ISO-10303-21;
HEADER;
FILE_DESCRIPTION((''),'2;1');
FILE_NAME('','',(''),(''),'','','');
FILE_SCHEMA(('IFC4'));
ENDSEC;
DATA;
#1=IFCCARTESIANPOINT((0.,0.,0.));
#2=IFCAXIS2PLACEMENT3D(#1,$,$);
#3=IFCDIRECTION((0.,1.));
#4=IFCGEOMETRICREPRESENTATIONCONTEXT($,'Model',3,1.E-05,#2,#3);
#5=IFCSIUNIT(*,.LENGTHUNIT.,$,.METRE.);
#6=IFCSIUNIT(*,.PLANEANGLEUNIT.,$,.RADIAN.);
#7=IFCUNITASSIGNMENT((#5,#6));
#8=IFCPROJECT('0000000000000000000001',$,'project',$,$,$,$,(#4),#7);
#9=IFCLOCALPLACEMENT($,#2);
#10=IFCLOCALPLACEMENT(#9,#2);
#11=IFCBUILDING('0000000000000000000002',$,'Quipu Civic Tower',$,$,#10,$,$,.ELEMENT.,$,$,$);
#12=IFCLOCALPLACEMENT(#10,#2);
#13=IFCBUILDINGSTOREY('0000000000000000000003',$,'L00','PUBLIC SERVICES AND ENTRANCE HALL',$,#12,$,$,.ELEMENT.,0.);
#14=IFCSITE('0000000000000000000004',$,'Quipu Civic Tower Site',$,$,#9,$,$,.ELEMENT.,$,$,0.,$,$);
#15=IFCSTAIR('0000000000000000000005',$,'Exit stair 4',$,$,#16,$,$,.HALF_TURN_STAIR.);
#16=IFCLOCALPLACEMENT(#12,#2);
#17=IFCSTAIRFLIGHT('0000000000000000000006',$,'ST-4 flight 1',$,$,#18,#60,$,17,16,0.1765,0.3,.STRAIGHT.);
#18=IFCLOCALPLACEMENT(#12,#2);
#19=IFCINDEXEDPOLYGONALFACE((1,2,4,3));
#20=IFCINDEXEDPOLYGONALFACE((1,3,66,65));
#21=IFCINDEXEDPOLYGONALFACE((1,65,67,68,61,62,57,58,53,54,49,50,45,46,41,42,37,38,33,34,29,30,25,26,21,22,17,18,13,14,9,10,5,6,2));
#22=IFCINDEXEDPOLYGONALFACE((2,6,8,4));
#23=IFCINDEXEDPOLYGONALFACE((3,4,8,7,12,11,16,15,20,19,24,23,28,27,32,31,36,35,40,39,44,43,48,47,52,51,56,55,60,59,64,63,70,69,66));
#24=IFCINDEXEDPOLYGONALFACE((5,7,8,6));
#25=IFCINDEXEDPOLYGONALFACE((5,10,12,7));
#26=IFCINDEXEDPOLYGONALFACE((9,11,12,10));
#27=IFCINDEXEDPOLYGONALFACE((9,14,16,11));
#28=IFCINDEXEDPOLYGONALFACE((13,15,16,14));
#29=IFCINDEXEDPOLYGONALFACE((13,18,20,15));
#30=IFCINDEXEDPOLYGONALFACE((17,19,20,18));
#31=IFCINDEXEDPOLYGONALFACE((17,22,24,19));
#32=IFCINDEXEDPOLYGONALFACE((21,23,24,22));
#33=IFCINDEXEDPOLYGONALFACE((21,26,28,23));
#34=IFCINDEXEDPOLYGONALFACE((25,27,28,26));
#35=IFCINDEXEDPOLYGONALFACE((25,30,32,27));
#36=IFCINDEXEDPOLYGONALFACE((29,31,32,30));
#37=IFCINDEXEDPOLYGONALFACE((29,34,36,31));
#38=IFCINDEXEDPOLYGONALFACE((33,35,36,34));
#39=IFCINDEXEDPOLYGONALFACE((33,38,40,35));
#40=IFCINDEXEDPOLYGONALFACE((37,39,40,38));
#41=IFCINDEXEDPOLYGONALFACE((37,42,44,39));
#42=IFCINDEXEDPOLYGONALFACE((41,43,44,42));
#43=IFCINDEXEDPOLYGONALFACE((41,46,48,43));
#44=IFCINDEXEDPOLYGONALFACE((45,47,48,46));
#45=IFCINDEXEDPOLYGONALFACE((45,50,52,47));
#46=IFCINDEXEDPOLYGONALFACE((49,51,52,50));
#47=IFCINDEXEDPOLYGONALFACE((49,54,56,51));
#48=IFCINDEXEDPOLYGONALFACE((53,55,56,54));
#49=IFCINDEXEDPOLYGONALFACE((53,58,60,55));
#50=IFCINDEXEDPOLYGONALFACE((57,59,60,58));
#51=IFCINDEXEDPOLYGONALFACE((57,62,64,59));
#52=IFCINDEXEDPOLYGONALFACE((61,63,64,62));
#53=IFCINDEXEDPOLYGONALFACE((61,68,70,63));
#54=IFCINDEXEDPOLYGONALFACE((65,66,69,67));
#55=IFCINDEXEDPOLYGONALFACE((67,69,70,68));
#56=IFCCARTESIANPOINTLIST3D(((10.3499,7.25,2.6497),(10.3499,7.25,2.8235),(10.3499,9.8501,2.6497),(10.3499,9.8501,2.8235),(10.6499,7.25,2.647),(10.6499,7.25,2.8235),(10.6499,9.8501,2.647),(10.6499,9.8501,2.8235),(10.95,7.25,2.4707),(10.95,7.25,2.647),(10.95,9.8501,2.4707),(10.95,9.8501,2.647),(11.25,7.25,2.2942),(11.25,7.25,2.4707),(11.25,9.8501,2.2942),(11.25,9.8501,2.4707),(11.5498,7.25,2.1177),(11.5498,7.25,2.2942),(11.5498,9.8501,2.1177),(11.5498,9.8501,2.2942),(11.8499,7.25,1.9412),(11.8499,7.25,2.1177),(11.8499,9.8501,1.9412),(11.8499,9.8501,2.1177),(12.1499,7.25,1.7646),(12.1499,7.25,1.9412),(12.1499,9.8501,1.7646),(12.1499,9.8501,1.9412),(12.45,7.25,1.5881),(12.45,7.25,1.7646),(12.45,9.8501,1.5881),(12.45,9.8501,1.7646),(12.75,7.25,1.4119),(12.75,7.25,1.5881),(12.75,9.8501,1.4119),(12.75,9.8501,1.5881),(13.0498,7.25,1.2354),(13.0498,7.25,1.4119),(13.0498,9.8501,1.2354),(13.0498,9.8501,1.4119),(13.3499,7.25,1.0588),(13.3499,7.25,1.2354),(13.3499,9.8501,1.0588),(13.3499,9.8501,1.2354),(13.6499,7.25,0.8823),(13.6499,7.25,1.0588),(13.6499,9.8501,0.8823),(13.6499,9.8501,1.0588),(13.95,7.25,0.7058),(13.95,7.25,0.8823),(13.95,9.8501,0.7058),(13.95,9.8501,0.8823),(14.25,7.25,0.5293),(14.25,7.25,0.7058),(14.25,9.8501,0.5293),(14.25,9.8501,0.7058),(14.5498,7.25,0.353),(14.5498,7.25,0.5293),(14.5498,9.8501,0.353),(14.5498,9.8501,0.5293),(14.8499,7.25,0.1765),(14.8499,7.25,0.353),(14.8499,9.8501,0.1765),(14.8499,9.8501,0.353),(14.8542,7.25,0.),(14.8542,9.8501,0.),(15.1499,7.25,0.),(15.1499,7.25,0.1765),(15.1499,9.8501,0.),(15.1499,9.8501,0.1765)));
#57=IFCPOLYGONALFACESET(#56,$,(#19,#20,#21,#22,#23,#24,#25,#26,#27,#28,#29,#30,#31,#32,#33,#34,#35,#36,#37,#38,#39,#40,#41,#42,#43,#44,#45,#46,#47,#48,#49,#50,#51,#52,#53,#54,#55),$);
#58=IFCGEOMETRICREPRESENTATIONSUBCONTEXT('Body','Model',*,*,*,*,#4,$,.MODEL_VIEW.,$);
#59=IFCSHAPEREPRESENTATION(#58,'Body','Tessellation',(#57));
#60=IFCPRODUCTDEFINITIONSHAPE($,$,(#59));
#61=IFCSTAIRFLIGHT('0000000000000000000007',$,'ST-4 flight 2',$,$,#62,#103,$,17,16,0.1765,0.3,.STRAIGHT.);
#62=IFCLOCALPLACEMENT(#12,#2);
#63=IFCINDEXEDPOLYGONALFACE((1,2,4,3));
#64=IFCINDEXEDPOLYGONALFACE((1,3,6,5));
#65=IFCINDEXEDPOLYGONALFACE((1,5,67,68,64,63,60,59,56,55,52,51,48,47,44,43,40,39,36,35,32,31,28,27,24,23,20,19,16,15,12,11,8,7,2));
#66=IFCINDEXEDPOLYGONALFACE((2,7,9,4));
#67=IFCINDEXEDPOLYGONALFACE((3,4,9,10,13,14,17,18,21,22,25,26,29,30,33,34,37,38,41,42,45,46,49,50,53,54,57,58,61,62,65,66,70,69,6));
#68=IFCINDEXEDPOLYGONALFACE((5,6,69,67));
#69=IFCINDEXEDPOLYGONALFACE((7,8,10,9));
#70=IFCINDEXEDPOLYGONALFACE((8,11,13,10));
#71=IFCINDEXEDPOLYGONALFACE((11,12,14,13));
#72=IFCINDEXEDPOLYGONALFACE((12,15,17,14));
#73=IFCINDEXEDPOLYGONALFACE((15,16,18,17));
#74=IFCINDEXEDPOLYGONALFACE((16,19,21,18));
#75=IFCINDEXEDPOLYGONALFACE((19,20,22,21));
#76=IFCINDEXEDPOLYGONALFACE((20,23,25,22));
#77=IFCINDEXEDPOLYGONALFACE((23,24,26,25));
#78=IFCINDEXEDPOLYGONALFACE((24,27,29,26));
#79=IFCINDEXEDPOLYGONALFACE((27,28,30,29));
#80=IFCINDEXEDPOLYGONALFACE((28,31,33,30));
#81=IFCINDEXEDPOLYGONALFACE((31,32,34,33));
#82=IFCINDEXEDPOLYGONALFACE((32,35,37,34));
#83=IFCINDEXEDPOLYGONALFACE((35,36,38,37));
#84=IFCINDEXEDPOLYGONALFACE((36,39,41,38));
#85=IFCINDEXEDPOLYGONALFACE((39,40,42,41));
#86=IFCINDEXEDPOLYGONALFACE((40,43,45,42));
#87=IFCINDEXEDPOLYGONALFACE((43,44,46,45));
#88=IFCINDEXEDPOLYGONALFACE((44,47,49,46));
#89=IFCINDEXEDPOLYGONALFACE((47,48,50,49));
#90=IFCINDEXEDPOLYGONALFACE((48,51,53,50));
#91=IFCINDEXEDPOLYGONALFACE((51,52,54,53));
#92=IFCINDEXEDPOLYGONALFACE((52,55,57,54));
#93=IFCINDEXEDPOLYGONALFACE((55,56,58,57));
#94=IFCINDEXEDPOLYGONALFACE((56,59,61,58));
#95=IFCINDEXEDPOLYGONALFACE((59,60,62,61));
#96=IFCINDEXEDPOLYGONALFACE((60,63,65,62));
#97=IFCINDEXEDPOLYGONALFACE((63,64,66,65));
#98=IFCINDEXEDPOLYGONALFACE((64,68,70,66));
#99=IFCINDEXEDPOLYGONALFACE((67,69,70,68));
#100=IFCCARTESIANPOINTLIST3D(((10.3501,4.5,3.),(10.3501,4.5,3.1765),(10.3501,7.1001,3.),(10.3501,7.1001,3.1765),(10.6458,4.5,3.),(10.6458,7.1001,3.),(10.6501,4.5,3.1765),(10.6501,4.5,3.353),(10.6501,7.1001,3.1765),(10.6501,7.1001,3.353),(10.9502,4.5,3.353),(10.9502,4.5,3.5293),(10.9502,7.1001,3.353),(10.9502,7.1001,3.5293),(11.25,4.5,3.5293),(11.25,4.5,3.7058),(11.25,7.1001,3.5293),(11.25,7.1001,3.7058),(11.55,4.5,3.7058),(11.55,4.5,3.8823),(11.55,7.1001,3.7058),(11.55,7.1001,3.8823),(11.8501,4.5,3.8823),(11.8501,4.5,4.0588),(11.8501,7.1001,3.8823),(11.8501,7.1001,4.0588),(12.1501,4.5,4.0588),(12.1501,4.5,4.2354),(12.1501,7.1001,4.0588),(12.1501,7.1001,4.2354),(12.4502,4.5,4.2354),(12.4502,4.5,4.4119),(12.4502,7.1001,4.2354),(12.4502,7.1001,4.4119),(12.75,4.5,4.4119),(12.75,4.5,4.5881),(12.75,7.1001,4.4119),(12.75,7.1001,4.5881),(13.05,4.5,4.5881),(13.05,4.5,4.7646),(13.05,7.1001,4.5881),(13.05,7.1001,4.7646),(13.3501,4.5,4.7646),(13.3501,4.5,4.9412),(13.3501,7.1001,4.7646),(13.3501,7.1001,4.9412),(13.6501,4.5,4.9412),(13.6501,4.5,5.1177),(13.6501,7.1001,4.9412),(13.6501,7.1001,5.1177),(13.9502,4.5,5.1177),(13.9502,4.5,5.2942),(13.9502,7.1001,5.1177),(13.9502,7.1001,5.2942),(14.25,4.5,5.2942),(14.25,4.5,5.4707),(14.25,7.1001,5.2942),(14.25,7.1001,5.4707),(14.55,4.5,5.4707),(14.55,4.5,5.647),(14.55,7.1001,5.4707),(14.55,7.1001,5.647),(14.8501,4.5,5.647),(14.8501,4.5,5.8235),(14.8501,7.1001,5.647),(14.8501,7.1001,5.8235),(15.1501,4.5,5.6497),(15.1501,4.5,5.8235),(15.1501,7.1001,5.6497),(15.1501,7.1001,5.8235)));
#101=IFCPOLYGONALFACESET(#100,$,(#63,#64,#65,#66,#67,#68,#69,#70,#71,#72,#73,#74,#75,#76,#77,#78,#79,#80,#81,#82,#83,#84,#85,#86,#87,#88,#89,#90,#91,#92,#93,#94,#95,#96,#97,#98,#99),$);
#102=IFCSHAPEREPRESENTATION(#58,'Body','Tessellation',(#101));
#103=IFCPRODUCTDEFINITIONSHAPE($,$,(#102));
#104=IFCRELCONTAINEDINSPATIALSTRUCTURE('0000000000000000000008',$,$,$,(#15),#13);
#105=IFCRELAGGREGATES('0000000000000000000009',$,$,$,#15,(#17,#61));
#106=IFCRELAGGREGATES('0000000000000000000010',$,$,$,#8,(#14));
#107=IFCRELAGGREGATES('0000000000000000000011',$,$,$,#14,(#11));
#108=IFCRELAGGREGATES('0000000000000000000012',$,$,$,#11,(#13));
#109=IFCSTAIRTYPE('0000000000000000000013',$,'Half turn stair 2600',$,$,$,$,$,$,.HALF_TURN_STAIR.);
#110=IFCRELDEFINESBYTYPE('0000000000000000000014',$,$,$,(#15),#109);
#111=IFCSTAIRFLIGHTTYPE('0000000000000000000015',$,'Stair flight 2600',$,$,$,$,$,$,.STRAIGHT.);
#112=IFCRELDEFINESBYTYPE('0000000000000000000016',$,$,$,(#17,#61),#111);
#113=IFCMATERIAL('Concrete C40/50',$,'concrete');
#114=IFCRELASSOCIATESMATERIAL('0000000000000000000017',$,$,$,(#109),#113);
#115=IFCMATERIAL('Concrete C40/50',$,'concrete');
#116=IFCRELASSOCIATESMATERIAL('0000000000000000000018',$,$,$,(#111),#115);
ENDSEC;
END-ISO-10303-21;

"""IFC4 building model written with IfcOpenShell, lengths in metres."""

from ifc_helpers import new_model, si_unit, direction, frame, origin, place, context, subcontext, project, spatial, polyline, outline, extrude, material, type_object, element, aggregate, save


model = new_model("IFC4")

# Units and contexts
model_context = context("Model", 3, precision=1e-05, world=origin(), true_north=direction((0.0, 1.0)))
body_context = subcontext(model_context, "Body", "Model", "MODEL_VIEW")
ifc_project = project(units=[si_unit("LENGTHUNIT", "METRE"), si_unit("PLANEANGLEUNIT", "RADIAN")], contexts=[model_context])

# Site, building, storey
site_placement = place(None, origin())
site = spatial("IfcSite", under=ifc_project, at=site_placement, Name="Quipu Civic Tower Site", CompositionType="ELEMENT", RefElevation=0.0)
building_placement = place(site_placement, origin())
building = spatial("IfcBuilding", under=site, at=building_placement, Name="Quipu Civic Tower", CompositionType="ELEMENT")
storey_placement = place(building_placement, origin())
storey = spatial("IfcBuildingStorey", under=building, at=storey_placement, Name="L00", Description="PUBLIC SERVICES AND ENTRANCE HALL", CompositionType="ELEMENT", Elevation=0.0)

# Stair, stair flights
ifc_material_1 = material(Name="Concrete C40/50", Category="concrete")
stair_type = type_object("IfcStairType", Name="Half turn stair 2600", PredefinedType="HALF_TURN_STAIR", material=ifc_material_1)
stair_placement = place(storey_placement, origin())
stair = element("IfcStair", 1, at=stair_placement, inside=storey, type_object=stair_type, Name="Exit stair 4", PredefinedType="HALF_TURN_STAIR")
ifc_material_2 = material(Name="Concrete C40/50", Category="concrete")
stair_flight_type = type_object("IfcStairFlightType", Name="Stair flight 2600", PredefinedType="STRAIGHT", material=ifc_material_2)
stair_flight_1_placement = place(storey_placement, frame((15.1499, 8.55, 0.0), z_axis=(0.0, 0.0, 1.0), x_axis=(-1.0, 0.0, 0.0)))
stair_flight_1 = element("IfcStairFlight", 2, at=stair_flight_1_placement, type_object=stair_flight_type, Name="ST-4 flight 1", NumberOfRisers=17, NumberOfTreads=16, PredefinedType="STRAIGHT", RiserHeight=0.1765, TreadLength=0.3, context=body_context, shape_type="SweptSolid", body=[
    extrude(outline(polyline([(0.0, 0.0), (0.0, 0.1765), (0.3, 0.1765), (0.3, 0.353), (0.6001, 0.353), (0.6001, 0.5293), (0.8999, 0.5293), (0.8999, 0.7058), (1.2, 0.7058), (1.2, 0.8823), (1.5, 0.8823), (1.5, 1.0588), (1.8, 1.0588), (1.8, 1.2354), (2.1001, 1.2354), (2.1001, 1.4119), (2.3999, 1.4119), (2.3999, 1.5881), (2.7, 1.5881), (2.7, 1.7646), (3.0, 1.7646), (3.0, 1.9412), (3.3, 1.9412), (3.3, 2.1177), (3.6001, 2.1177), (3.6001, 2.2942), (3.8999, 2.2942), (3.8999, 2.4707), (4.2, 2.4707), (4.2, 2.647), (4.5, 2.647), (4.5, 2.8235), (4.8, 2.8235), (4.8, 3.0), (4.8, 2.6497), (0.2957, 0.0), (0.0, 0.0)])), frame((0.0, 1.3, 0.0), z_axis=(0.0, -1.0, 0.0), x_axis=(1.0, 0.0, 0.0)), (0.0, 0.0, 1.0), 2.6001),
])
stair_flight_2_placement = place(storey_placement, frame((10.3501, 5.8, 3.0), z_axis=(0.0, 0.0, 1.0), x_axis=(1.0, 0.0, 0.0)))
stair_flight_2 = element("IfcStairFlight", 3, at=stair_flight_2_placement, type_object=stair_flight_type, Name="ST-4 flight 2", NumberOfRisers=17, NumberOfTreads=16, PredefinedType="STRAIGHT", RiserHeight=0.1765, TreadLength=0.3, context=body_context, shape_type="SweptSolid", body=[
    extrude(outline(polyline([(0.0, 0.0), (0.0, 0.1765), (0.3, 0.1765), (0.3, 0.353), (0.6001, 0.353), (0.6001, 0.5293), (0.8999, 0.5293), (0.8999, 0.7058), (1.2, 0.7058), (1.2, 0.8823), (1.5, 0.8823), (1.5, 1.0588), (1.8, 1.0588), (1.8, 1.2354), (2.1001, 1.2354), (2.1001, 1.4119), (2.3999, 1.4119), (2.3999, 1.5881), (2.7, 1.5881), (2.7, 1.7646), (3.0, 1.7646), (3.0, 1.9412), (3.3, 1.9412), (3.3, 2.1177), (3.6001, 2.1177), (3.6001, 2.2942), (3.8999, 2.2942), (3.8999, 2.4707), (4.2, 2.4707), (4.2, 2.647), (4.5, 2.647), (4.5, 2.8235), (4.8, 2.8235), (4.8, 3.0), (4.8, 2.6497), (0.2957, 0.0), (0.0, 0.0)])), frame((0.0, 1.3, 0.0), z_axis=(0.0, -1.0, 0.0), x_axis=(1.0, 0.0, 0.0)), (0.0, 0.0, 1.0), 2.6001),
])
aggregate(stair, [stair_flight_1, stair_flight_2])

save(model, "model.ifc")
